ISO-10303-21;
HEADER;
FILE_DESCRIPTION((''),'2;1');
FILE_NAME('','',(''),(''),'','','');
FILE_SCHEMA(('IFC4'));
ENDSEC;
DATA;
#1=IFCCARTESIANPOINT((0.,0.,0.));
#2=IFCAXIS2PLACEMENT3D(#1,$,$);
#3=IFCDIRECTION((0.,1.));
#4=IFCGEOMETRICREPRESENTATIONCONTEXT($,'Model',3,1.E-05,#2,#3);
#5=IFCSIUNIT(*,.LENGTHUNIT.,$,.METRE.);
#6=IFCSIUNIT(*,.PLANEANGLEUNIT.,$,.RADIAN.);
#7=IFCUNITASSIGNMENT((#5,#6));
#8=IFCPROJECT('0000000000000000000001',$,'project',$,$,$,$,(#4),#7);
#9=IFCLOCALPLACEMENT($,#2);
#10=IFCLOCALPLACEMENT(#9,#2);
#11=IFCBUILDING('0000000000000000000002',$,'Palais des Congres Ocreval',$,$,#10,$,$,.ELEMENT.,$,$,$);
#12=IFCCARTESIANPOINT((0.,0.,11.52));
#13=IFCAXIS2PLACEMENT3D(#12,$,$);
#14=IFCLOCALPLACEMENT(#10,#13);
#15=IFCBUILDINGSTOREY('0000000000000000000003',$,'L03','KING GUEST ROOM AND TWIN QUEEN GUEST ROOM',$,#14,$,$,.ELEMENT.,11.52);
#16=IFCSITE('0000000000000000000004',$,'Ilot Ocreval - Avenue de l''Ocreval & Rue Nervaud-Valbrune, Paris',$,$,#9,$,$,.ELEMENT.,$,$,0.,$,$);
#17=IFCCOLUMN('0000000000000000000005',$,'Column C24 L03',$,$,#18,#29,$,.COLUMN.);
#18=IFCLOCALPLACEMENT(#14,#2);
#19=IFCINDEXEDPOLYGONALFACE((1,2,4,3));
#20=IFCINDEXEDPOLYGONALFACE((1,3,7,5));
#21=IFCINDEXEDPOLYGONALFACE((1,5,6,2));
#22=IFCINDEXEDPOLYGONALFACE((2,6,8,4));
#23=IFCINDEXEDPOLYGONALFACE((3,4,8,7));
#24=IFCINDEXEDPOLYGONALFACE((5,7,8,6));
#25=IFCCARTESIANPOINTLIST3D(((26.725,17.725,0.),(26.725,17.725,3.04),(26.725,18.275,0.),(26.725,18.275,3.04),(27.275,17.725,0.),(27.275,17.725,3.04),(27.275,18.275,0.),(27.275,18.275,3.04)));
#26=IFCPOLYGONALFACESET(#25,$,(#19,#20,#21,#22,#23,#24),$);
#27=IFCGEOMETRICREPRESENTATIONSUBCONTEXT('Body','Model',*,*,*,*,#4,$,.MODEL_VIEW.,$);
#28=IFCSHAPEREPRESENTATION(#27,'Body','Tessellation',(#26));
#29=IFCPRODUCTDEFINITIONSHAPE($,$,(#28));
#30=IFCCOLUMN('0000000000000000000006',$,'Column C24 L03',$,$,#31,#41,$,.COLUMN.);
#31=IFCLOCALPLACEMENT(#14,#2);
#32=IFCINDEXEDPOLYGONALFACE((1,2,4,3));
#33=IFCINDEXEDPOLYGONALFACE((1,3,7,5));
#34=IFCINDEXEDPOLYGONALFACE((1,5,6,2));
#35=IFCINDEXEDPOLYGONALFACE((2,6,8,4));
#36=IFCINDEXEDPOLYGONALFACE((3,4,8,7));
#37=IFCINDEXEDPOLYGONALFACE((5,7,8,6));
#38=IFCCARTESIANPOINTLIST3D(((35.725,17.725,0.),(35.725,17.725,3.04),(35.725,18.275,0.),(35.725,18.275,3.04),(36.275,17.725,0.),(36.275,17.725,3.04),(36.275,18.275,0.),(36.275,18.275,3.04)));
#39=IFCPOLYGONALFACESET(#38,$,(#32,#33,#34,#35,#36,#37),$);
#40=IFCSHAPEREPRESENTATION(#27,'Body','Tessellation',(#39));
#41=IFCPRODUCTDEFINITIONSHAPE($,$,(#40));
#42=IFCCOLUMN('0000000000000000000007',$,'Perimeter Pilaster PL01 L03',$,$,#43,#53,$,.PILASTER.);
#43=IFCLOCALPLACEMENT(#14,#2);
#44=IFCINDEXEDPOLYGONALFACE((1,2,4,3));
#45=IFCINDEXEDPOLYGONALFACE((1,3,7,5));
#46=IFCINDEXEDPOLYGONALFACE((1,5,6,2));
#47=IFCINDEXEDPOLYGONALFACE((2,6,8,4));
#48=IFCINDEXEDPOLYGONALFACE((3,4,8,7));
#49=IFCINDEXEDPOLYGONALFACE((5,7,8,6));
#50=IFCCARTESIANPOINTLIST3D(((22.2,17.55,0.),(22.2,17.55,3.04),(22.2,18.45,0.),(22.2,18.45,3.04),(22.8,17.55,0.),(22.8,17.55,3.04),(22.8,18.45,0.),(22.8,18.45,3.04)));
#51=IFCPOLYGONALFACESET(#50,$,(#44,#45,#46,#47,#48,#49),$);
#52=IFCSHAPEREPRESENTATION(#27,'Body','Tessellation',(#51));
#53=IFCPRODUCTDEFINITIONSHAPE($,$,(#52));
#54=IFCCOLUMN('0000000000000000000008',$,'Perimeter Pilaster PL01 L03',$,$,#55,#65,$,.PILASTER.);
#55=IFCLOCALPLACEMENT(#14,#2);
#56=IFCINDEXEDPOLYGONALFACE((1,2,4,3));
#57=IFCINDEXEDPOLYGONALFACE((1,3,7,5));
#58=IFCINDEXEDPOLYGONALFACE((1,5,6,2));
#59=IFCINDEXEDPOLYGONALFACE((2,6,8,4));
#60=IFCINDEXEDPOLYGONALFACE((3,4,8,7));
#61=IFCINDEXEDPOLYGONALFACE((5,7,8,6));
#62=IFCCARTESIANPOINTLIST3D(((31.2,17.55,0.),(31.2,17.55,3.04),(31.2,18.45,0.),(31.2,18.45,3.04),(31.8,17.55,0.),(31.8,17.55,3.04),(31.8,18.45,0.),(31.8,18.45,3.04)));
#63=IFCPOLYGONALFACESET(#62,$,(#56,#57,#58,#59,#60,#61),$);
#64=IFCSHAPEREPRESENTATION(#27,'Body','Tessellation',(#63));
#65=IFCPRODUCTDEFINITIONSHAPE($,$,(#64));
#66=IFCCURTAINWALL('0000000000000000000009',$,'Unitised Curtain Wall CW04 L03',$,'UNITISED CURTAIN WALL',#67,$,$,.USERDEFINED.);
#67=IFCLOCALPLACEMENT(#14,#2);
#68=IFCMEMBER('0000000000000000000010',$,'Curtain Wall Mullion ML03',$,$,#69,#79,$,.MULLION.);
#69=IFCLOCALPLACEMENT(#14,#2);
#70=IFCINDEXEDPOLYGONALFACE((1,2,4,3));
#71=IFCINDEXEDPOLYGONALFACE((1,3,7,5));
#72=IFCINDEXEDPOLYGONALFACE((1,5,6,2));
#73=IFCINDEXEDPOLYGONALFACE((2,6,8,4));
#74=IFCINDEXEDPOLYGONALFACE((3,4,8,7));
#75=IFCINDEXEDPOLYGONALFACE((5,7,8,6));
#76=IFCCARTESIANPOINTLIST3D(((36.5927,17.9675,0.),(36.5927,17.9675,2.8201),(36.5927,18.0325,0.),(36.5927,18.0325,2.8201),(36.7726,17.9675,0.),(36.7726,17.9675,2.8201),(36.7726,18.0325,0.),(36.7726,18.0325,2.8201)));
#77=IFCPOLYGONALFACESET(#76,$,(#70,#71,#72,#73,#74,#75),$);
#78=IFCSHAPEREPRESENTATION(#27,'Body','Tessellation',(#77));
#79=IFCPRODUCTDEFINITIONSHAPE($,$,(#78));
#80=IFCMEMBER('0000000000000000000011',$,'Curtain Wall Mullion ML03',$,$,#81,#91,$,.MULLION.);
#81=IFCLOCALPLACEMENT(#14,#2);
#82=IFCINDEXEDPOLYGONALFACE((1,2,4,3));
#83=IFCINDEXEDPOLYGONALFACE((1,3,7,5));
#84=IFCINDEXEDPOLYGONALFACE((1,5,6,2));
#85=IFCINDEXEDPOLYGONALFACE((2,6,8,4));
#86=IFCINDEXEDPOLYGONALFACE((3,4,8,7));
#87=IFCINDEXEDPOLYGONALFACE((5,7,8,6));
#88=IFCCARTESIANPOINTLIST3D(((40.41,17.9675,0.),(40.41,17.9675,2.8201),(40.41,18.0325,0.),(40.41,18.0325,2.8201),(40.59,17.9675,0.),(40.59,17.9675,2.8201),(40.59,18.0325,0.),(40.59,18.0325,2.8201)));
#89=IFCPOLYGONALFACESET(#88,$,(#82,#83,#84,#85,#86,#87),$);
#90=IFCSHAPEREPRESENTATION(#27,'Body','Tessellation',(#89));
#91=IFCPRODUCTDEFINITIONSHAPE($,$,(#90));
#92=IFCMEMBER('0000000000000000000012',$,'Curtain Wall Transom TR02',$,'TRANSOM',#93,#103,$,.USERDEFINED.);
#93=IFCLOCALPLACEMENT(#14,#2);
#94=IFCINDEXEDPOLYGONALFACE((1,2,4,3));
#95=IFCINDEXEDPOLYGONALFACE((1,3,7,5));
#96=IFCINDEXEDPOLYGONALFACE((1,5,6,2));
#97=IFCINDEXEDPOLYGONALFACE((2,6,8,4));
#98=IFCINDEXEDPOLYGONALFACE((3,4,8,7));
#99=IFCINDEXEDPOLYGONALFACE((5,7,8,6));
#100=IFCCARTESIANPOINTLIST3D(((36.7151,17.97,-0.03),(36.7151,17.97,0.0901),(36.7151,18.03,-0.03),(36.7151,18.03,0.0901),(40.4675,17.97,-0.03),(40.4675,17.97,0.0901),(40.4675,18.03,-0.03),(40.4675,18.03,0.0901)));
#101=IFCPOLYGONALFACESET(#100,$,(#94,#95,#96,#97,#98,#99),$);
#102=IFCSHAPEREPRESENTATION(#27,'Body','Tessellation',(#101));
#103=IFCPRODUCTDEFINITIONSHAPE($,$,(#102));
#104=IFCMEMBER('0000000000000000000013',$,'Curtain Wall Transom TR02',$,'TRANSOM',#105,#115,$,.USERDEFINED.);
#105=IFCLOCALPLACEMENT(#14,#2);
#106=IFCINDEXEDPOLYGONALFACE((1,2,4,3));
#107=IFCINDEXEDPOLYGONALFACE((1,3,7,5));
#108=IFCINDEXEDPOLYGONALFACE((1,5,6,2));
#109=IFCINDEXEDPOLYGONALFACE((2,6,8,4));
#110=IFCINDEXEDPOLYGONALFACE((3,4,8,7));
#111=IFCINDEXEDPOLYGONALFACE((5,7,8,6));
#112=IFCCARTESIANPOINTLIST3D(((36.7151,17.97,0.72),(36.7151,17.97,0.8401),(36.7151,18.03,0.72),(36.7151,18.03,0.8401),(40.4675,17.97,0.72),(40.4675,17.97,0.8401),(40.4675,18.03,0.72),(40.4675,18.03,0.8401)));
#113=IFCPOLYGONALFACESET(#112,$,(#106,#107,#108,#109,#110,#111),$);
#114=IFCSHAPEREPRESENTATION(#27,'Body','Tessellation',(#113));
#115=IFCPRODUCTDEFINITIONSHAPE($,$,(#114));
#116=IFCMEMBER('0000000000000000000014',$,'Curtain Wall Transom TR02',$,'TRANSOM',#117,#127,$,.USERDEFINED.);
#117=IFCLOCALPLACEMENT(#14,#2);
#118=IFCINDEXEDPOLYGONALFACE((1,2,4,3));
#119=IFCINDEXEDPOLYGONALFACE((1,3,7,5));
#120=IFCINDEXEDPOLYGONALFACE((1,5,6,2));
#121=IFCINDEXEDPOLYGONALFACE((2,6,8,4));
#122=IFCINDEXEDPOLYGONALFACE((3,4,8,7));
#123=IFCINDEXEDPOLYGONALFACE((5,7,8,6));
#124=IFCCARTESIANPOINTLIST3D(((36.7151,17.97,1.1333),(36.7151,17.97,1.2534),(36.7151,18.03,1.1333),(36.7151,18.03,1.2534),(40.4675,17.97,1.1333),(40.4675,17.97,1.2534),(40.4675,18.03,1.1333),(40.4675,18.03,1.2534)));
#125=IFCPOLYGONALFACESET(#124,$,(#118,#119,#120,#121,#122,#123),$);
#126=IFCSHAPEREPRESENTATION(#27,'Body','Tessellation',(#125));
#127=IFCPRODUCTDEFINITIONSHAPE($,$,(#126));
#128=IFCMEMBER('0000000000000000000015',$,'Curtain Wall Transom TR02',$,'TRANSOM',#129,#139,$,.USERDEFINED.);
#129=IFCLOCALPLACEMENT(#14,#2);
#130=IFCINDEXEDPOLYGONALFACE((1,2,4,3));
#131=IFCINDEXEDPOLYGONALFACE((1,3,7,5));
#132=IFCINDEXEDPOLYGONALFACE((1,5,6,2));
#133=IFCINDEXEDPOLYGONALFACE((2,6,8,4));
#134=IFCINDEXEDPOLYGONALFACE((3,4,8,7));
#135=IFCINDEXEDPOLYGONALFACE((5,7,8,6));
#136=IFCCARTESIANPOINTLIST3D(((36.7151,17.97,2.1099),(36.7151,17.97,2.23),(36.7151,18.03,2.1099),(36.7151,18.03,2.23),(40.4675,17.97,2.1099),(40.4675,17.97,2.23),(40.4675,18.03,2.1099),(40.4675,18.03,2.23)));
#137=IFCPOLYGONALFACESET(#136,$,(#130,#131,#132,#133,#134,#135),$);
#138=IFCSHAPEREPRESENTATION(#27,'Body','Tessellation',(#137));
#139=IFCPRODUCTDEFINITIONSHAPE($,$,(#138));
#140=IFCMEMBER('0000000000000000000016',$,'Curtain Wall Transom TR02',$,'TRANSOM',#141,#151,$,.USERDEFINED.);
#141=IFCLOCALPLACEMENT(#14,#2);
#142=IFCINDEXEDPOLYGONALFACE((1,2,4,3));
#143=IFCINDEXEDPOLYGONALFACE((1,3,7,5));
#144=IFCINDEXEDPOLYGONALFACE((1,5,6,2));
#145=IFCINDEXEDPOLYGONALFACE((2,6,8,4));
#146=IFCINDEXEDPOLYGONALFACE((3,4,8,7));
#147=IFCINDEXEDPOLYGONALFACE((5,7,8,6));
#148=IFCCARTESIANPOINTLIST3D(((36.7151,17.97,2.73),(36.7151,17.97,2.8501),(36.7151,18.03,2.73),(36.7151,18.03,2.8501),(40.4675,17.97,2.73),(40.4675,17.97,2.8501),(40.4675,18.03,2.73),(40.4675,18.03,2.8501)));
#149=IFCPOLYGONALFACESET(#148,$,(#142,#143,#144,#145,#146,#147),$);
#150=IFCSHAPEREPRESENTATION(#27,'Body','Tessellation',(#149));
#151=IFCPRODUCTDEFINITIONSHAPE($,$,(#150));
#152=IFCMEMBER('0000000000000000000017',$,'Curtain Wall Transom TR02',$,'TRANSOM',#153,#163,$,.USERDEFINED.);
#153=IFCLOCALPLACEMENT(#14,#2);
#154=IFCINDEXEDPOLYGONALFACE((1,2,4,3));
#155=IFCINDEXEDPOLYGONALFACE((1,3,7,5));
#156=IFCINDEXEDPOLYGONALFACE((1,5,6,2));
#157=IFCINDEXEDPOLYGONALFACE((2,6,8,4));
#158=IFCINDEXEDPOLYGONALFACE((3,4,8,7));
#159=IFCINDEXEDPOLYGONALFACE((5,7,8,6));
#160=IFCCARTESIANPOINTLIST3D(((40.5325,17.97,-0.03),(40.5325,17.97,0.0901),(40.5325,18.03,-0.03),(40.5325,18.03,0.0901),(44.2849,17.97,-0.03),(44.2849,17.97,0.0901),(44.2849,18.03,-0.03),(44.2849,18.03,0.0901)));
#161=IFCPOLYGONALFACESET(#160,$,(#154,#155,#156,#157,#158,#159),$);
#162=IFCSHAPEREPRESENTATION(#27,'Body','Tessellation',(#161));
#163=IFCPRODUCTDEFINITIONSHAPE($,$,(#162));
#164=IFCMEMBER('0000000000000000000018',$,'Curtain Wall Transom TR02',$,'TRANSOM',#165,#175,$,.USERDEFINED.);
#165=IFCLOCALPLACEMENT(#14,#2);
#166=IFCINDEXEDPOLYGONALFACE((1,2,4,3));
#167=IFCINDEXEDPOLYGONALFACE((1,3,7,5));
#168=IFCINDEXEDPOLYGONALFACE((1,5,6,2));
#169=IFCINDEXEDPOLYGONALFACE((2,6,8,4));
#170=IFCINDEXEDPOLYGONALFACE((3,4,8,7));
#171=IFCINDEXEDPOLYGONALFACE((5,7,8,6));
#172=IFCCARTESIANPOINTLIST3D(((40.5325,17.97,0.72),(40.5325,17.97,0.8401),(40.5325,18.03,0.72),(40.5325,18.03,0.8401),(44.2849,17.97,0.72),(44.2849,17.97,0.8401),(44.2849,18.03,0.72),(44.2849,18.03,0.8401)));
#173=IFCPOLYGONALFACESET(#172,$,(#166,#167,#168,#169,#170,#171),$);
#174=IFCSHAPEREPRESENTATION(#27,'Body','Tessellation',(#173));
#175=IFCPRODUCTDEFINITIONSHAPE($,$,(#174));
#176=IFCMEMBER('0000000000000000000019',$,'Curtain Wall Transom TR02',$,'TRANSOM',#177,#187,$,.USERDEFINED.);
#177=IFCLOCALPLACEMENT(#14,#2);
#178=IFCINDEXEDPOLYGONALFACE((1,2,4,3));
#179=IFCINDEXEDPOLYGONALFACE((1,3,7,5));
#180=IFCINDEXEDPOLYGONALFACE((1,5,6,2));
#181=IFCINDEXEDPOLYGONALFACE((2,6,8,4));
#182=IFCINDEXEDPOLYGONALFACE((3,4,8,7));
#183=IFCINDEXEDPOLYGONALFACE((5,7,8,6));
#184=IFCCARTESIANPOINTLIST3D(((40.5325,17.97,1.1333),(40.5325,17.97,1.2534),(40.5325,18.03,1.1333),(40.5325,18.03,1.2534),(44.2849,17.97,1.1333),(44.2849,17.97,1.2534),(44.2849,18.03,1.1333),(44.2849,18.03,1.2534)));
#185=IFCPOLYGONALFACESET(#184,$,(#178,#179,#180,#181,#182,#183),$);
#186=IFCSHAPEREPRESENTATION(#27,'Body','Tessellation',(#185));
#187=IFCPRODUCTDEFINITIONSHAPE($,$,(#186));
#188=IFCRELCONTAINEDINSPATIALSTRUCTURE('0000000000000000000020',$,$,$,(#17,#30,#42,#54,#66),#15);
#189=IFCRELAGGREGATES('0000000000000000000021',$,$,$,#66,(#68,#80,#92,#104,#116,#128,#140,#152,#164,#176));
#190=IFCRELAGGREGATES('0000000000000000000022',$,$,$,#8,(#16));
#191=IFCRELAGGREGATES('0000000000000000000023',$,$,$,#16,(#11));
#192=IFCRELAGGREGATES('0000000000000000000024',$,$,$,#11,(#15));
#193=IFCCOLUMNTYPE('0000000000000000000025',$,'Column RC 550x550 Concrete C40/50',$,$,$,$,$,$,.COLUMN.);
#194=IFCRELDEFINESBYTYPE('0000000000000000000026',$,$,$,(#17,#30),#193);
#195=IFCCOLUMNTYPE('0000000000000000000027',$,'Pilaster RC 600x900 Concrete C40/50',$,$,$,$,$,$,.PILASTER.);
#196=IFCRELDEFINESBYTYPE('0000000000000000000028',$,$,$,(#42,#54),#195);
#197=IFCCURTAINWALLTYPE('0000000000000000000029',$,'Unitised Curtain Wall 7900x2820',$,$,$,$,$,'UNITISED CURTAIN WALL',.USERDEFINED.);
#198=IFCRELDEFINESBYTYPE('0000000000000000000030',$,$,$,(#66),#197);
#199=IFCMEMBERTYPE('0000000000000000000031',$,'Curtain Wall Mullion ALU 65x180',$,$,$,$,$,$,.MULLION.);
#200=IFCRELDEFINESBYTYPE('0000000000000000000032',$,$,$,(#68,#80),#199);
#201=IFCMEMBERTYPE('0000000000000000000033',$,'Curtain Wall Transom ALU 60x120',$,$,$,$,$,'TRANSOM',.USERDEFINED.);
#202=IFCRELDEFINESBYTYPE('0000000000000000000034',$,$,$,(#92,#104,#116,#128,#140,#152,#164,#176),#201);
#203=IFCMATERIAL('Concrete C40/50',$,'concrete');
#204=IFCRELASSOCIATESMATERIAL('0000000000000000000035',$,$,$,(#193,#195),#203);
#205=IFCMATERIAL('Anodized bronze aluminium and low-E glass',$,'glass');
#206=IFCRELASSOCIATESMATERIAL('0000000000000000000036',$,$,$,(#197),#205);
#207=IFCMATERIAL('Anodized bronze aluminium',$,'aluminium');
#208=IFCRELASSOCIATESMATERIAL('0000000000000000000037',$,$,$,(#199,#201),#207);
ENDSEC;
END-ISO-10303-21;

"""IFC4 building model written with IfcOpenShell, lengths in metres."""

from ifc_helpers import new_model, si_unit, direction, frame, origin, origin_2d, place, context, subcontext, project, spatial, rectangle, extrude, material, material_profile, profile_set, type_object, element, aggregate, save


model = new_model("IFC4")

# Units and contexts
model_context = context("Model", 3, precision=1e-05, world=origin(), true_north=direction((0.0, 1.0)))
body_context = subcontext(model_context, "Body", "Model", "MODEL_VIEW")
ifc_project = project(units=[si_unit("LENGTHUNIT", "METRE"), si_unit("PLANEANGLEUNIT", "RADIAN")], contexts=[model_context])

# Site, building, storey
site_placement = place(None, origin())
site = spatial("IfcSite", under=ifc_project, at=site_placement, Name="Ilot Ocreval - Avenue de l'Ocreval & Rue Nervaud-Valbrune, Paris", CompositionType="ELEMENT", RefElevation=0.0)
building_placement = place(site_placement, origin())
building = spatial("IfcBuilding", under=site, at=building_placement, Name="Palais des Congres Ocreval", CompositionType="ELEMENT")
storey_placement = place(building_placement, frame((0.0, 0.0, 11.52)))
storey = spatial("IfcBuildingStorey", under=building, at=storey_placement, Name="L03", Description="KING GUEST ROOM AND TWIN QUEEN GUEST ROOM", CompositionType="ELEMENT", Elevation=11.52)

# Columns
ifc_material_1 = material(Name="Concrete C40/50", Category="concrete")
ifc_material_profile_1 = material_profile(ifc_material_1, rectangle(XDim=0.55, YDim=0.55, at=origin_2d()), Name="RC 550x550")
ifc_profile_set_1 = profile_set([ifc_material_profile_1], Name="Concrete C40/50")
column_type_1 = type_object("IfcColumnType", Name="Column RC 550x550 Concrete C40/50", PredefinedType="COLUMN", material=ifc_profile_set_1)
for number, where, z_axis, x_axis, name in (
    (1, (27.0, 18.0, 0.0), (0.0, 0.0, 1.0), (1.0, 0.0, 0.0), "Column C24 L03"),
    (2, (36.0, 18.0, 0.0), (0.0, 0.0, 1.0), (1.0, 0.0, 0.0), "Column C24 L03"),
):
    element("IfcColumn", number, at=place(storey_placement, frame(where, z_axis=z_axis, x_axis=x_axis)), inside=storey, type_object=column_type_1, Name=name, PredefinedType="COLUMN", context=body_context, shape_type="SweptSolid", body=[
        extrude(rectangle(XDim=0.55, YDim=0.55, at=origin_2d()), origin(), (0.0, 0.0, 1.0), 3.04),
    ])
ifc_material_profile_2 = material_profile(ifc_material_1, rectangle(XDim=0.6001, YDim=0.8999, at=origin_2d()), Name="RC 600x900")
ifc_profile_set_2 = profile_set([ifc_material_profile_2], Name="Concrete C40/50")
column_type_2 = type_object("IfcColumnType", Name="Pilaster RC 600x900 Concrete C40/50", PredefinedType="PILASTER", material=ifc_profile_set_2)
for number, where, z_axis, x_axis, name in (
    (3, (22.5, 18.0, 0.0), (0.0, 0.0, 1.0), (1.0, 0.0, 0.0), "Perimeter Pilaster PL01 L03"),
    (4, (31.5, 18.0, 0.0), (0.0, 0.0, 1.0), (1.0, 0.0, 0.0), "Perimeter Pilaster PL01 L03"),
):
    element("IfcColumn", number, at=place(storey_placement, frame(where, z_axis=z_axis, x_axis=x_axis)), inside=storey, type_object=column_type_2, Name=name, PredefinedType="PILASTER", context=body_context, shape_type="SweptSolid", body=[
        extrude(rectangle(XDim=0.6001, YDim=0.8999, at=origin_2d()), origin(), (0.0, 0.0, 1.0), 3.04),
    ])

# Curtain wall, members
ifc_material_2 = material(Name="Anodized bronze aluminium and low-E glass", Category="glass")
curtain_wall_type = type_object("IfcCurtainWallType", Name="Unitised Curtain Wall 7900x2820", ElementType="UNITISED CURTAIN WALL", PredefinedType="USERDEFINED", material=ifc_material_2)
curtain_wall_placement = place(storey_placement, origin())
curtain_wall = element("IfcCurtainWall", 5, at=curtain_wall_placement, inside=storey, type_object=curtain_wall_type, Name="Unitised Curtain Wall CW04 L03", ObjectType="UNITISED CURTAIN WALL", PredefinedType="USERDEFINED")
ifc_material_3 = material(Name="Anodized bronze aluminium", Category="aluminium")
ifc_material_profile_3 = material_profile(ifc_material_3, rectangle(XDim=0.0649, YDim=0.1799, at=origin_2d()), Name="ALU 65x180")
ifc_profile_set_3 = profile_set([ifc_material_profile_3], Name="Anodized bronze aluminium")
member_type_1 = type_object("IfcMemberType", Name="Curtain Wall Mullion ALU 65x180", PredefinedType="MULLION", material=ifc_profile_set_3)
member_1_placement = place(storey_placement, frame((36.6826, 18.0, 0.0), z_axis=(0.0, 0.0, 1.0), x_axis=(0.0, 1.0, 0.0)))
member_1 = element("IfcMember", 6, at=member_1_placement, type_object=member_type_1, Name="Curtain Wall Mullion ML03", PredefinedType="MULLION", context=body_context, shape_type="SweptSolid", body=[
    extrude(rectangle(XDim=0.0649, YDim=0.1799, at=origin_2d()), origin(), (0.0, 0.0, 1.0), 2.8201),
])
member_2_placement = place(storey_placement, frame((40.5, 18.0, 0.0), z_axis=(0.0, 0.0, 1.0), x_axis=(0.0, 1.0, 0.0)))
member_2 = element("IfcMember", 7, at=member_2_placement, type_object=member_type_1, Name="Curtain Wall Mullion ML03", PredefinedType="MULLION", context=body_context, shape_type="SweptSolid", body=[
    extrude(rectangle(XDim=0.0649, YDim=0.1799, at=origin_2d()), origin(), (0.0, 0.0, 1.0), 2.8201),
])
ifc_material_profile_4 = material_profile(ifc_material_3, rectangle(XDim=0.0601, YDim=0.1201, at=origin_2d()), Name="ALU 60x120")
ifc_profile_set_4 = profile_set([ifc_material_profile_4], Name="Anodized bronze aluminium")
member_type_2 = type_object("IfcMemberType", Name="Curtain Wall Transom ALU 60x120", ElementType="TRANSOM", PredefinedType="USERDEFINED", material=ifc_profile_set_4)
member_3_placement = place(storey_placement, frame((36.7151, 18.0, 0.03), z_axis=(1.0, 0.0, 0.0), x_axis=(0.0, 1.0, 0.0)))
member_3 = element("IfcMember", 8, at=member_3_placement, type_object=member_type_2, Name="Curtain Wall Transom TR02", ObjectType="TRANSOM", PredefinedType="USERDEFINED", context=body_context, shape_type="SweptSolid", body=[
    extrude(rectangle(XDim=0.0601, YDim=0.1201, at=origin_2d()), origin(), (0.0, 0.0, 1.0), 3.7524),
])
member_4_placement = place(storey_placement, frame((36.7151, 18.0, 0.78), z_axis=(1.0, 0.0, 0.0), x_axis=(0.0, 1.0, 0.0)))
member_4 = element("IfcMember", 9, at=member_4_placement, type_object=member_type_2, Name="Curtain Wall Transom TR02", ObjectType="TRANSOM", PredefinedType="USERDEFINED", context=body_context, shape_type="SweptSolid", body=[
    extrude(rectangle(XDim=0.0601, YDim=0.1201, at=origin_2d()), origin(), (0.0, 0.0, 1.0), 3.7524),
])
member_5_placement = place(storey_placement, frame((36.7151, 18.0, 1.1934), z_axis=(1.0, 0.0, 0.0), x_axis=(0.0, 1.0, 0.0)))
member_5 = element("IfcMember", 10, at=member_5_placement, type_object=member_type_2, Name="Curtain Wall Transom TR02", ObjectType="TRANSOM", PredefinedType="USERDEFINED", context=body_context, shape_type="SweptSolid", body=[
    extrude(rectangle(XDim=0.0601, YDim=0.1201, at=origin_2d()), origin(), (0.0, 0.0, 1.0), 3.7524),
])
member_6_placement = place(storey_placement, frame((36.7151, 18.0, 2.1699), z_axis=(1.0, 0.0, 0.0), x_axis=(0.0, 1.0, 0.0)))
member_6 = element("IfcMember", 11, at=member_6_placement, type_object=member_type_2, Name="Curtain Wall Transom TR02", ObjectType="TRANSOM", PredefinedType="USERDEFINED", context=body_context, shape_type="SweptSolid", body=[
    extrude(rectangle(XDim=0.0601, YDim=0.1201, at=origin_2d()), origin(), (0.0, 0.0, 1.0), 3.7524),
])
member_7_placement = place(storey_placement, frame((36.7151, 18.0, 2.79), z_axis=(1.0, 0.0, 0.0), x_axis=(0.0, 1.0, 0.0)))
member_7 = element("IfcMember", 12, at=member_7_placement, type_object=member_type_2, Name="Curtain Wall Transom TR02", ObjectType="TRANSOM", PredefinedType="USERDEFINED", context=body_context, shape_type="SweptSolid", body=[
    extrude(rectangle(XDim=0.0601, YDim=0.1201, at=origin_2d()), origin(), (0.0, 0.0, 1.0), 3.7524),
])
member_8_placement = place(storey_placement, frame((40.5325, 18.0, 0.03), z_axis=(1.0, 0.0, 0.0), x_axis=(0.0, 1.0, 0.0)))
member_8 = element("IfcMember", 13, at=member_8_placement, type_object=member_type_2, Name="Curtain Wall Transom TR02", ObjectType="TRANSOM", PredefinedType="USERDEFINED", context=body_context, shape_type="SweptSolid", body=[
    extrude(rectangle(XDim=0.0601, YDim=0.1201, at=origin_2d()), origin(), (0.0, 0.0, 1.0), 3.7524),
])
member_9_placement = place(storey_placement, frame((40.5325, 18.0, 0.78), z_axis=(1.0, 0.0, 0.0), x_axis=(0.0, 1.0, 0.0)))
member_9 = element("IfcMember", 14, at=member_9_placement, type_object=member_type_2, Name="Curtain Wall Transom TR02", ObjectType="TRANSOM", PredefinedType="USERDEFINED", context=body_context, shape_type="SweptSolid", body=[
    extrude(rectangle(XDim=0.0601, YDim=0.1201, at=origin_2d()), origin(), (0.0, 0.0, 1.0), 3.7524),
])
member_10_placement = place(storey_placement, frame((40.5325, 18.0, 1.1934), z_axis=(1.0, 0.0, 0.0), x_axis=(0.0, 1.0, 0.0)))
member_10 = element("IfcMember", 15, at=member_10_placement, type_object=member_type_2, Name="Curtain Wall Transom TR02", ObjectType="TRANSOM", PredefinedType="USERDEFINED", context=body_context, shape_type="SweptSolid", body=[
    extrude(rectangle(XDim=0.0601, YDim=0.1201, at=origin_2d()), origin(), (0.0, 0.0, 1.0), 3.7524),
])

aggregate(curtain_wall, [member_1, member_2, member_3, member_4, member_5, member_6, member_7, member_8, member_9, member_10])

save(model, "model.ifc")
